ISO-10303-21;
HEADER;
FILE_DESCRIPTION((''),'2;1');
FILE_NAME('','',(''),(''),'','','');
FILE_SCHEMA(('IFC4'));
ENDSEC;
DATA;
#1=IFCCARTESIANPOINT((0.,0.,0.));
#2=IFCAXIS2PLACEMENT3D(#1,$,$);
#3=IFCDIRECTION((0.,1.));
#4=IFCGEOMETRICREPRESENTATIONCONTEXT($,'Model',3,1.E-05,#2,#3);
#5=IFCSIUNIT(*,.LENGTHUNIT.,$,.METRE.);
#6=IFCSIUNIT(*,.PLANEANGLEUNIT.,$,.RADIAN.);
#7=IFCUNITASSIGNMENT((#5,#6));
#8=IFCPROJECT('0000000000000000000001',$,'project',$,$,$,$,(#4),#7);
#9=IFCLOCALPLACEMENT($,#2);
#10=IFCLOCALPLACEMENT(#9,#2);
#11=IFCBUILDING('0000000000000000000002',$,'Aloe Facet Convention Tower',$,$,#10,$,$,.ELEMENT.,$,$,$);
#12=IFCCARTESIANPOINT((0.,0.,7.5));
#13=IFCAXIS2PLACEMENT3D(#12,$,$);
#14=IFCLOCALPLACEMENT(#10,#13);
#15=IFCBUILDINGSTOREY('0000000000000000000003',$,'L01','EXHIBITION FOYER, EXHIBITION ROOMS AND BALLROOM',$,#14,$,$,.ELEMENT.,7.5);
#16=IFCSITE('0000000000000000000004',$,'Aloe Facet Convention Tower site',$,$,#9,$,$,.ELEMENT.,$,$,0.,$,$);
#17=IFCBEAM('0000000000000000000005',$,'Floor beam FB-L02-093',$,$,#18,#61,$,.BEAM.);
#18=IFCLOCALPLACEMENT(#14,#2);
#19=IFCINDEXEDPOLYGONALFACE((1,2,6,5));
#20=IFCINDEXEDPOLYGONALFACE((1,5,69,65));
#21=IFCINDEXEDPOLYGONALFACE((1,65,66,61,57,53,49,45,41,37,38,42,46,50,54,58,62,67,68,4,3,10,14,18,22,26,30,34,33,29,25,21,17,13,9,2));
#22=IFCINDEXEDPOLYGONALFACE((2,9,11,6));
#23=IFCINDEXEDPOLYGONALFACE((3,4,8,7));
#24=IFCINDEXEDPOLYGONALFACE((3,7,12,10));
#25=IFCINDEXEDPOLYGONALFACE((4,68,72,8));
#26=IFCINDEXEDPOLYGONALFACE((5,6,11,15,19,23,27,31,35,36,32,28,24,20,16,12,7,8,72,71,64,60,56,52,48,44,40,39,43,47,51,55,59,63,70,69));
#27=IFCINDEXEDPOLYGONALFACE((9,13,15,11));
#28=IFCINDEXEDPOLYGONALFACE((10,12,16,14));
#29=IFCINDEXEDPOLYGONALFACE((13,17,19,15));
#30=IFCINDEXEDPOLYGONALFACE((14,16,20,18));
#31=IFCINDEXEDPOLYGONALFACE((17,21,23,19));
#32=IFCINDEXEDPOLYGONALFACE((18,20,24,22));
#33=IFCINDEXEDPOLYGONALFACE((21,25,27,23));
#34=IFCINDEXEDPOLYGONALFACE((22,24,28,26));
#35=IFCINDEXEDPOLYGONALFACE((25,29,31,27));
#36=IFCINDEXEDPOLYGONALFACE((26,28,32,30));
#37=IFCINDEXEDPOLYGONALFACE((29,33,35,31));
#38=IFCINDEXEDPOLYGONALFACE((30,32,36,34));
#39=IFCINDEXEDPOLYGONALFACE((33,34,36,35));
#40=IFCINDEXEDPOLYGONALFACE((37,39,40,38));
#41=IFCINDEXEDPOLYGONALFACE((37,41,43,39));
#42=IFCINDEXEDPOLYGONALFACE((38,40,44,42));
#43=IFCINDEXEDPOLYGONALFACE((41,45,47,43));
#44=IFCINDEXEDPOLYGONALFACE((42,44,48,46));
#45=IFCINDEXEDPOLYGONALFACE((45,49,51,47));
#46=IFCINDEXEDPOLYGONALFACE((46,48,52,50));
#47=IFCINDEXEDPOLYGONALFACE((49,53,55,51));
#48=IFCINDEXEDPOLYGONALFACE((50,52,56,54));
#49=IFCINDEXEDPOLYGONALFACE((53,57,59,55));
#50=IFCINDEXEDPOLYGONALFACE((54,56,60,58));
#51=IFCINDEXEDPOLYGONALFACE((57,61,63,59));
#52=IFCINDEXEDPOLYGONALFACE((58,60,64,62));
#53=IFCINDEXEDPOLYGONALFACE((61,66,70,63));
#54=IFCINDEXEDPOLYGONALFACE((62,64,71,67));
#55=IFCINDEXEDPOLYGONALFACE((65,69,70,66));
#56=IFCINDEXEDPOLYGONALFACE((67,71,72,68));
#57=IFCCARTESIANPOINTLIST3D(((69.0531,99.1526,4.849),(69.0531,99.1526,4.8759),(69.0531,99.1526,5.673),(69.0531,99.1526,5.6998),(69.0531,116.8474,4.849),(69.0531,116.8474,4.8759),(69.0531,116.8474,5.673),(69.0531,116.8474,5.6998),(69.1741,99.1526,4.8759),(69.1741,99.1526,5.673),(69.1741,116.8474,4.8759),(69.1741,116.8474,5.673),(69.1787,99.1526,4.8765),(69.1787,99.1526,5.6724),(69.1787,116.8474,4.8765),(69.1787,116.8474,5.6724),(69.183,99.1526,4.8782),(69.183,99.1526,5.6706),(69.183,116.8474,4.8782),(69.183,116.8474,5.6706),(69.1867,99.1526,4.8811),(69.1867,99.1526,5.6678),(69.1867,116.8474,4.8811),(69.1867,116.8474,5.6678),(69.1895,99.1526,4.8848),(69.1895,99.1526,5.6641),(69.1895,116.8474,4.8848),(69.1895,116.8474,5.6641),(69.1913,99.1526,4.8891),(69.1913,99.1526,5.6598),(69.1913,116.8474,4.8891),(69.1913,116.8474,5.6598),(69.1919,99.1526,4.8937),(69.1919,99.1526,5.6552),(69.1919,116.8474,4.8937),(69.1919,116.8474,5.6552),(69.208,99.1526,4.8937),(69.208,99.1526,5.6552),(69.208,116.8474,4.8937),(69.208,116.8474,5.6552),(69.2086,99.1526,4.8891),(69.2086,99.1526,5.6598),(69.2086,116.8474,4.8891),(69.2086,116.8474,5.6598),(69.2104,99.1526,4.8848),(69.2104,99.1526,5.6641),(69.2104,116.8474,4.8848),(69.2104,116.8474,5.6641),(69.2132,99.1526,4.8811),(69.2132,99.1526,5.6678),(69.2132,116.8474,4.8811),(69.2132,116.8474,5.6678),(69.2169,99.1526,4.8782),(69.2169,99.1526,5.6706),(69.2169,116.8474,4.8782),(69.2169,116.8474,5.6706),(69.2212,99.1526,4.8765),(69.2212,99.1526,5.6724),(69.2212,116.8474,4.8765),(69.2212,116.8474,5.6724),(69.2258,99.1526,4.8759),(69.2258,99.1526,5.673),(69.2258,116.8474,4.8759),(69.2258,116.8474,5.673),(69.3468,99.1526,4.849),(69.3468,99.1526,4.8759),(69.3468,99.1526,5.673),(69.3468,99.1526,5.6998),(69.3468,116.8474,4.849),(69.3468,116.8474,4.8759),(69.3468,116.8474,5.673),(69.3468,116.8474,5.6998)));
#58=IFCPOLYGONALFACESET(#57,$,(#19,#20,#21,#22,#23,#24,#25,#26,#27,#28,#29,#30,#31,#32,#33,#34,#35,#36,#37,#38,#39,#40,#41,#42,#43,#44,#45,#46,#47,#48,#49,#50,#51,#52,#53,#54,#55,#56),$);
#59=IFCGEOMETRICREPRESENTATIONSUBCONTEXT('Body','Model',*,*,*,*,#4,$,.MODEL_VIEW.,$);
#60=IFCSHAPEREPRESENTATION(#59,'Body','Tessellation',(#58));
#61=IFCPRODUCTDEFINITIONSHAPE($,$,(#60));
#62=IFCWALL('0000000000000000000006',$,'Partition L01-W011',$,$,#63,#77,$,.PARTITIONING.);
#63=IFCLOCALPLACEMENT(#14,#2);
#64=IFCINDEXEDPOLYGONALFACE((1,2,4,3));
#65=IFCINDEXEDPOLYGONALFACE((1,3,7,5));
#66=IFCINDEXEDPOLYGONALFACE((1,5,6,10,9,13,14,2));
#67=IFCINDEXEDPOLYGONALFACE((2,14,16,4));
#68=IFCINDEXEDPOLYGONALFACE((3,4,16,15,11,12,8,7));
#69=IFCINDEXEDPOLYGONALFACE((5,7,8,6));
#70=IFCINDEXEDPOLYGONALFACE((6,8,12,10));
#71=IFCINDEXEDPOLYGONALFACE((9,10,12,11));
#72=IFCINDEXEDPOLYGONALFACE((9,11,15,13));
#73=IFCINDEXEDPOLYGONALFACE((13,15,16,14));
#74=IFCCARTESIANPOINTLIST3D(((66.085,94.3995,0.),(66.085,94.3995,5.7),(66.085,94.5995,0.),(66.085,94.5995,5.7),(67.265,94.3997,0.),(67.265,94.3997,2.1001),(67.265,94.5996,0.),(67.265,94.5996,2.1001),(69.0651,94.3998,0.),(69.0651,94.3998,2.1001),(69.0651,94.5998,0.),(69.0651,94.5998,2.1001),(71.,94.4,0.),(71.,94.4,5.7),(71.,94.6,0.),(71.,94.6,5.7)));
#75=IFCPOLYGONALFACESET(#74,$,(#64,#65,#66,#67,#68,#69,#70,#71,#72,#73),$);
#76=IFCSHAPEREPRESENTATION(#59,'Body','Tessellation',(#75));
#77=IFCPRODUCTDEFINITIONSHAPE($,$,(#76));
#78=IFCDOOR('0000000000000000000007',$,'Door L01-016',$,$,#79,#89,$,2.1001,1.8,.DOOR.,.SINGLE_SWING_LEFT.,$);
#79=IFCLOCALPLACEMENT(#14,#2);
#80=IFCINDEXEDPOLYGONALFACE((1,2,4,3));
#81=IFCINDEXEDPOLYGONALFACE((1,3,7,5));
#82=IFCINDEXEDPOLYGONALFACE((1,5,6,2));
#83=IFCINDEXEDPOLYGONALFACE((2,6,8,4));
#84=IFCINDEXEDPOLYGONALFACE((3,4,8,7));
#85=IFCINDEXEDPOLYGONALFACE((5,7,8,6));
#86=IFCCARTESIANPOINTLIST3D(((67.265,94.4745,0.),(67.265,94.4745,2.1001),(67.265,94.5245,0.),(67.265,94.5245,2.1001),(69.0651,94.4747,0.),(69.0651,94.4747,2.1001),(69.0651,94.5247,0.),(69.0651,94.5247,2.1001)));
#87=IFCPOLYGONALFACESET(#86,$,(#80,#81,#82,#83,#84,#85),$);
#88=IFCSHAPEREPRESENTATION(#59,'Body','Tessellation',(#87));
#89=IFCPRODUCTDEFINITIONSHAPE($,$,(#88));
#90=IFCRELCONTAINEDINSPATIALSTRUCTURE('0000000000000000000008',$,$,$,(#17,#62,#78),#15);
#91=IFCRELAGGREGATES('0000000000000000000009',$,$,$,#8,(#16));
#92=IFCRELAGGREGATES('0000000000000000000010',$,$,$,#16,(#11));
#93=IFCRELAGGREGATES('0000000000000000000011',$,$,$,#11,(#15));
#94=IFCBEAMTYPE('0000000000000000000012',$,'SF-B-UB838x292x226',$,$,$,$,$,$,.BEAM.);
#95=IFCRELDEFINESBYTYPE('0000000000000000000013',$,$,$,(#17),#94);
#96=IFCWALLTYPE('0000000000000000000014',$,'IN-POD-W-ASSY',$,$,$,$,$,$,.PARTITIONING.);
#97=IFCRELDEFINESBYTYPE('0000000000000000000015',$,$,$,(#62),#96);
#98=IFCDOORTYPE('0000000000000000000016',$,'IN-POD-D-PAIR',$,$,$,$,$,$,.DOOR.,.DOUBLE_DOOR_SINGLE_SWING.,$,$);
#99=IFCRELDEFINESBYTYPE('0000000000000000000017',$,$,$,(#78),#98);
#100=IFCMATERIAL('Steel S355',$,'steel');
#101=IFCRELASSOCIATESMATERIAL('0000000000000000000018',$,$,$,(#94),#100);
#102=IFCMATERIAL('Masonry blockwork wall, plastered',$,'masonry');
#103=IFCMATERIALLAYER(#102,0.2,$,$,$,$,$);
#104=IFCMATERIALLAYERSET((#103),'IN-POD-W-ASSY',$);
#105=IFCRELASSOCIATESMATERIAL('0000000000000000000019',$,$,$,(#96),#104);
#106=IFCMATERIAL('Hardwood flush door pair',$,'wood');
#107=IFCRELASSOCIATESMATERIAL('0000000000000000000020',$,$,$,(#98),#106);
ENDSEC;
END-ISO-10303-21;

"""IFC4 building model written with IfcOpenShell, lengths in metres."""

from ifc_helpers import new_model, si_unit, direction, frame, frame_2d, origin, origin_2d, place, context, subcontext, project, spatial, rectangle, i_section, extrude, material, layer, layer_set, material_profile, profile_set, type_object, element, fill, save


model = new_model("IFC4")

# Units and contexts
model_context = context("Model", 3, precision=1e-05, world=origin(), true_north=direction((0.0, 1.0)))
body_context = subcontext(model_context, "Body", "Model", "MODEL_VIEW")
ifc_project = project(units=[si_unit("LENGTHUNIT", "METRE"), si_unit("PLANEANGLEUNIT", "RADIAN")], contexts=[model_context])

# Site, building, storey
site_placement = place(None, origin())
site = spatial("IfcSite", under=ifc_project, at=site_placement, Name="Aloe Facet Convention Tower site", CompositionType="ELEMENT", RefElevation=0.0)
building_placement = place(site_placement, origin())
building = spatial("IfcBuilding", under=site, at=building_placement, Name="Aloe Facet Convention Tower", CompositionType="ELEMENT")
storey_placement = place(building_placement, frame((0.0, 0.0, 7.5)))
storey = spatial("IfcBuildingStorey", under=building, at=storey_placement, Name="L01", Description="EXHIBITION FOYER, EXHIBITION ROOMS AND BALLROOM", CompositionType="ELEMENT", Elevation=7.5)

# Beam
ifc_material_1 = material(Name="Steel S355", Category="steel")
ifc_material_profile_1 = material_profile(ifc_material_1, i_section(OverallWidth=0.2937, OverallDepth=0.8508, WebThickness=0.0161, FlangeThickness=0.0269, FilletRadius=0.0178, at=origin_2d()), Name="UB 838x292x226")
ifc_profile_set_1 = profile_set([ifc_material_profile_1], Name="Steel S355")
beam_type_1 = type_object("IfcBeamType", Name="SF-B-UB838x292x226", PredefinedType="BEAM", material=ifc_profile_set_1)
beam_1_placement = place(storey_placement, frame((69.2, 99.1526, 5.2744), z_axis=(0.0, 1.0, 0.0), x_axis=(-1.0, 0.0, 0.0)))
element("IfcBeam", 1, at=beam_1_placement, inside=storey, type_object=beam_type_1, Name="Floor beam FB-L02-093", PredefinedType="BEAM", context=body_context, shape_type="SweptSolid", body=[
    extrude(i_section(OverallWidth=0.2937, OverallDepth=0.8508, WebThickness=0.0161, FlangeThickness=0.0269, FilletRadius=0.0178, at=origin_2d()), origin(), (0.0, 0.0, 1.0), 17.6948),
])

# Wall, opening, door
ifc_material_2 = material(Name="Masonry blockwork wall, plastered", Category="masonry")
ifc_layer = layer(ifc_material_2, 0.2)
ifc_layer_set = layer_set([ifc_layer], Name="IN-POD-W-ASSY")
wall_type = type_object("IfcWallType", Name="IN-POD-W-ASSY", PredefinedType="PARTITIONING", material=ifc_layer_set)
wall_placement = place(storey_placement, frame((66.085, 94.4995, 0.0), z_axis=(0.0, 0.0, 1.0), x_axis=(1.0, 0.000099, 0.0)))
wall = element("IfcWall", 2, at=wall_placement, inside=storey, type_object=wall_type, Name="Partition L01-W011", PredefinedType="PARTITIONING", context=body_context, shape_type="SweptSolid", body=[
    extrude(rectangle(XDim=4.915, YDim=0.2, at=frame_2d((2.4575, 0.0))), origin(), (0.0, 0.0, 1.0), 5.7),
])
opening_placement = place(wall_placement, frame((1.1802, 0.0, 0.0)))
opening = element("IfcOpeningElement", 3, at=opening_placement, cuts=wall, PredefinedType="OPENING", context=body_context, shape_type="SweptSolid", body=[
    extrude(rectangle(XDim=1.8, YDim=2.1001, at=frame_2d((0.8999, 1.05))), frame((0.0, 0.1099, 0.0), z_axis=(0.0, -1.0, 0.0), x_axis=(1.0, 0.0, 0.0)), (0.0, 0.0, 1.0), 0.22),
])
ifc_material_3 = material(Name="Hardwood flush door pair", Category="wood")
door_type = type_object("IfcDoorType", Name="IN-POD-D-PAIR", OperationType="DOUBLE_DOOR_SINGLE_SWING", PredefinedType="DOOR", material=ifc_material_3)
door_placement = place(opening_placement, origin())
door = element("IfcDoor", 4, at=door_placement, inside=storey, type_object=door_type, Name="Door L01-016", OperationType="SINGLE_SWING_LEFT", OverallHeight=2.1001, OverallWidth=1.8, PredefinedType="DOOR", context=body_context, shape_type="SweptSolid", body=[
    extrude(rectangle(XDim=1.8, YDim=2.1001, at=frame_2d((0.8999, 1.05))), frame((0.0, 0.0249, 0.0), z_axis=(0.0, -1.0, 0.0), x_axis=(1.0, 0.0, 0.0)), (0.0, 0.0, 1.0), 0.05),
])
fill(opening, door)

save(model, "model.ifc")
